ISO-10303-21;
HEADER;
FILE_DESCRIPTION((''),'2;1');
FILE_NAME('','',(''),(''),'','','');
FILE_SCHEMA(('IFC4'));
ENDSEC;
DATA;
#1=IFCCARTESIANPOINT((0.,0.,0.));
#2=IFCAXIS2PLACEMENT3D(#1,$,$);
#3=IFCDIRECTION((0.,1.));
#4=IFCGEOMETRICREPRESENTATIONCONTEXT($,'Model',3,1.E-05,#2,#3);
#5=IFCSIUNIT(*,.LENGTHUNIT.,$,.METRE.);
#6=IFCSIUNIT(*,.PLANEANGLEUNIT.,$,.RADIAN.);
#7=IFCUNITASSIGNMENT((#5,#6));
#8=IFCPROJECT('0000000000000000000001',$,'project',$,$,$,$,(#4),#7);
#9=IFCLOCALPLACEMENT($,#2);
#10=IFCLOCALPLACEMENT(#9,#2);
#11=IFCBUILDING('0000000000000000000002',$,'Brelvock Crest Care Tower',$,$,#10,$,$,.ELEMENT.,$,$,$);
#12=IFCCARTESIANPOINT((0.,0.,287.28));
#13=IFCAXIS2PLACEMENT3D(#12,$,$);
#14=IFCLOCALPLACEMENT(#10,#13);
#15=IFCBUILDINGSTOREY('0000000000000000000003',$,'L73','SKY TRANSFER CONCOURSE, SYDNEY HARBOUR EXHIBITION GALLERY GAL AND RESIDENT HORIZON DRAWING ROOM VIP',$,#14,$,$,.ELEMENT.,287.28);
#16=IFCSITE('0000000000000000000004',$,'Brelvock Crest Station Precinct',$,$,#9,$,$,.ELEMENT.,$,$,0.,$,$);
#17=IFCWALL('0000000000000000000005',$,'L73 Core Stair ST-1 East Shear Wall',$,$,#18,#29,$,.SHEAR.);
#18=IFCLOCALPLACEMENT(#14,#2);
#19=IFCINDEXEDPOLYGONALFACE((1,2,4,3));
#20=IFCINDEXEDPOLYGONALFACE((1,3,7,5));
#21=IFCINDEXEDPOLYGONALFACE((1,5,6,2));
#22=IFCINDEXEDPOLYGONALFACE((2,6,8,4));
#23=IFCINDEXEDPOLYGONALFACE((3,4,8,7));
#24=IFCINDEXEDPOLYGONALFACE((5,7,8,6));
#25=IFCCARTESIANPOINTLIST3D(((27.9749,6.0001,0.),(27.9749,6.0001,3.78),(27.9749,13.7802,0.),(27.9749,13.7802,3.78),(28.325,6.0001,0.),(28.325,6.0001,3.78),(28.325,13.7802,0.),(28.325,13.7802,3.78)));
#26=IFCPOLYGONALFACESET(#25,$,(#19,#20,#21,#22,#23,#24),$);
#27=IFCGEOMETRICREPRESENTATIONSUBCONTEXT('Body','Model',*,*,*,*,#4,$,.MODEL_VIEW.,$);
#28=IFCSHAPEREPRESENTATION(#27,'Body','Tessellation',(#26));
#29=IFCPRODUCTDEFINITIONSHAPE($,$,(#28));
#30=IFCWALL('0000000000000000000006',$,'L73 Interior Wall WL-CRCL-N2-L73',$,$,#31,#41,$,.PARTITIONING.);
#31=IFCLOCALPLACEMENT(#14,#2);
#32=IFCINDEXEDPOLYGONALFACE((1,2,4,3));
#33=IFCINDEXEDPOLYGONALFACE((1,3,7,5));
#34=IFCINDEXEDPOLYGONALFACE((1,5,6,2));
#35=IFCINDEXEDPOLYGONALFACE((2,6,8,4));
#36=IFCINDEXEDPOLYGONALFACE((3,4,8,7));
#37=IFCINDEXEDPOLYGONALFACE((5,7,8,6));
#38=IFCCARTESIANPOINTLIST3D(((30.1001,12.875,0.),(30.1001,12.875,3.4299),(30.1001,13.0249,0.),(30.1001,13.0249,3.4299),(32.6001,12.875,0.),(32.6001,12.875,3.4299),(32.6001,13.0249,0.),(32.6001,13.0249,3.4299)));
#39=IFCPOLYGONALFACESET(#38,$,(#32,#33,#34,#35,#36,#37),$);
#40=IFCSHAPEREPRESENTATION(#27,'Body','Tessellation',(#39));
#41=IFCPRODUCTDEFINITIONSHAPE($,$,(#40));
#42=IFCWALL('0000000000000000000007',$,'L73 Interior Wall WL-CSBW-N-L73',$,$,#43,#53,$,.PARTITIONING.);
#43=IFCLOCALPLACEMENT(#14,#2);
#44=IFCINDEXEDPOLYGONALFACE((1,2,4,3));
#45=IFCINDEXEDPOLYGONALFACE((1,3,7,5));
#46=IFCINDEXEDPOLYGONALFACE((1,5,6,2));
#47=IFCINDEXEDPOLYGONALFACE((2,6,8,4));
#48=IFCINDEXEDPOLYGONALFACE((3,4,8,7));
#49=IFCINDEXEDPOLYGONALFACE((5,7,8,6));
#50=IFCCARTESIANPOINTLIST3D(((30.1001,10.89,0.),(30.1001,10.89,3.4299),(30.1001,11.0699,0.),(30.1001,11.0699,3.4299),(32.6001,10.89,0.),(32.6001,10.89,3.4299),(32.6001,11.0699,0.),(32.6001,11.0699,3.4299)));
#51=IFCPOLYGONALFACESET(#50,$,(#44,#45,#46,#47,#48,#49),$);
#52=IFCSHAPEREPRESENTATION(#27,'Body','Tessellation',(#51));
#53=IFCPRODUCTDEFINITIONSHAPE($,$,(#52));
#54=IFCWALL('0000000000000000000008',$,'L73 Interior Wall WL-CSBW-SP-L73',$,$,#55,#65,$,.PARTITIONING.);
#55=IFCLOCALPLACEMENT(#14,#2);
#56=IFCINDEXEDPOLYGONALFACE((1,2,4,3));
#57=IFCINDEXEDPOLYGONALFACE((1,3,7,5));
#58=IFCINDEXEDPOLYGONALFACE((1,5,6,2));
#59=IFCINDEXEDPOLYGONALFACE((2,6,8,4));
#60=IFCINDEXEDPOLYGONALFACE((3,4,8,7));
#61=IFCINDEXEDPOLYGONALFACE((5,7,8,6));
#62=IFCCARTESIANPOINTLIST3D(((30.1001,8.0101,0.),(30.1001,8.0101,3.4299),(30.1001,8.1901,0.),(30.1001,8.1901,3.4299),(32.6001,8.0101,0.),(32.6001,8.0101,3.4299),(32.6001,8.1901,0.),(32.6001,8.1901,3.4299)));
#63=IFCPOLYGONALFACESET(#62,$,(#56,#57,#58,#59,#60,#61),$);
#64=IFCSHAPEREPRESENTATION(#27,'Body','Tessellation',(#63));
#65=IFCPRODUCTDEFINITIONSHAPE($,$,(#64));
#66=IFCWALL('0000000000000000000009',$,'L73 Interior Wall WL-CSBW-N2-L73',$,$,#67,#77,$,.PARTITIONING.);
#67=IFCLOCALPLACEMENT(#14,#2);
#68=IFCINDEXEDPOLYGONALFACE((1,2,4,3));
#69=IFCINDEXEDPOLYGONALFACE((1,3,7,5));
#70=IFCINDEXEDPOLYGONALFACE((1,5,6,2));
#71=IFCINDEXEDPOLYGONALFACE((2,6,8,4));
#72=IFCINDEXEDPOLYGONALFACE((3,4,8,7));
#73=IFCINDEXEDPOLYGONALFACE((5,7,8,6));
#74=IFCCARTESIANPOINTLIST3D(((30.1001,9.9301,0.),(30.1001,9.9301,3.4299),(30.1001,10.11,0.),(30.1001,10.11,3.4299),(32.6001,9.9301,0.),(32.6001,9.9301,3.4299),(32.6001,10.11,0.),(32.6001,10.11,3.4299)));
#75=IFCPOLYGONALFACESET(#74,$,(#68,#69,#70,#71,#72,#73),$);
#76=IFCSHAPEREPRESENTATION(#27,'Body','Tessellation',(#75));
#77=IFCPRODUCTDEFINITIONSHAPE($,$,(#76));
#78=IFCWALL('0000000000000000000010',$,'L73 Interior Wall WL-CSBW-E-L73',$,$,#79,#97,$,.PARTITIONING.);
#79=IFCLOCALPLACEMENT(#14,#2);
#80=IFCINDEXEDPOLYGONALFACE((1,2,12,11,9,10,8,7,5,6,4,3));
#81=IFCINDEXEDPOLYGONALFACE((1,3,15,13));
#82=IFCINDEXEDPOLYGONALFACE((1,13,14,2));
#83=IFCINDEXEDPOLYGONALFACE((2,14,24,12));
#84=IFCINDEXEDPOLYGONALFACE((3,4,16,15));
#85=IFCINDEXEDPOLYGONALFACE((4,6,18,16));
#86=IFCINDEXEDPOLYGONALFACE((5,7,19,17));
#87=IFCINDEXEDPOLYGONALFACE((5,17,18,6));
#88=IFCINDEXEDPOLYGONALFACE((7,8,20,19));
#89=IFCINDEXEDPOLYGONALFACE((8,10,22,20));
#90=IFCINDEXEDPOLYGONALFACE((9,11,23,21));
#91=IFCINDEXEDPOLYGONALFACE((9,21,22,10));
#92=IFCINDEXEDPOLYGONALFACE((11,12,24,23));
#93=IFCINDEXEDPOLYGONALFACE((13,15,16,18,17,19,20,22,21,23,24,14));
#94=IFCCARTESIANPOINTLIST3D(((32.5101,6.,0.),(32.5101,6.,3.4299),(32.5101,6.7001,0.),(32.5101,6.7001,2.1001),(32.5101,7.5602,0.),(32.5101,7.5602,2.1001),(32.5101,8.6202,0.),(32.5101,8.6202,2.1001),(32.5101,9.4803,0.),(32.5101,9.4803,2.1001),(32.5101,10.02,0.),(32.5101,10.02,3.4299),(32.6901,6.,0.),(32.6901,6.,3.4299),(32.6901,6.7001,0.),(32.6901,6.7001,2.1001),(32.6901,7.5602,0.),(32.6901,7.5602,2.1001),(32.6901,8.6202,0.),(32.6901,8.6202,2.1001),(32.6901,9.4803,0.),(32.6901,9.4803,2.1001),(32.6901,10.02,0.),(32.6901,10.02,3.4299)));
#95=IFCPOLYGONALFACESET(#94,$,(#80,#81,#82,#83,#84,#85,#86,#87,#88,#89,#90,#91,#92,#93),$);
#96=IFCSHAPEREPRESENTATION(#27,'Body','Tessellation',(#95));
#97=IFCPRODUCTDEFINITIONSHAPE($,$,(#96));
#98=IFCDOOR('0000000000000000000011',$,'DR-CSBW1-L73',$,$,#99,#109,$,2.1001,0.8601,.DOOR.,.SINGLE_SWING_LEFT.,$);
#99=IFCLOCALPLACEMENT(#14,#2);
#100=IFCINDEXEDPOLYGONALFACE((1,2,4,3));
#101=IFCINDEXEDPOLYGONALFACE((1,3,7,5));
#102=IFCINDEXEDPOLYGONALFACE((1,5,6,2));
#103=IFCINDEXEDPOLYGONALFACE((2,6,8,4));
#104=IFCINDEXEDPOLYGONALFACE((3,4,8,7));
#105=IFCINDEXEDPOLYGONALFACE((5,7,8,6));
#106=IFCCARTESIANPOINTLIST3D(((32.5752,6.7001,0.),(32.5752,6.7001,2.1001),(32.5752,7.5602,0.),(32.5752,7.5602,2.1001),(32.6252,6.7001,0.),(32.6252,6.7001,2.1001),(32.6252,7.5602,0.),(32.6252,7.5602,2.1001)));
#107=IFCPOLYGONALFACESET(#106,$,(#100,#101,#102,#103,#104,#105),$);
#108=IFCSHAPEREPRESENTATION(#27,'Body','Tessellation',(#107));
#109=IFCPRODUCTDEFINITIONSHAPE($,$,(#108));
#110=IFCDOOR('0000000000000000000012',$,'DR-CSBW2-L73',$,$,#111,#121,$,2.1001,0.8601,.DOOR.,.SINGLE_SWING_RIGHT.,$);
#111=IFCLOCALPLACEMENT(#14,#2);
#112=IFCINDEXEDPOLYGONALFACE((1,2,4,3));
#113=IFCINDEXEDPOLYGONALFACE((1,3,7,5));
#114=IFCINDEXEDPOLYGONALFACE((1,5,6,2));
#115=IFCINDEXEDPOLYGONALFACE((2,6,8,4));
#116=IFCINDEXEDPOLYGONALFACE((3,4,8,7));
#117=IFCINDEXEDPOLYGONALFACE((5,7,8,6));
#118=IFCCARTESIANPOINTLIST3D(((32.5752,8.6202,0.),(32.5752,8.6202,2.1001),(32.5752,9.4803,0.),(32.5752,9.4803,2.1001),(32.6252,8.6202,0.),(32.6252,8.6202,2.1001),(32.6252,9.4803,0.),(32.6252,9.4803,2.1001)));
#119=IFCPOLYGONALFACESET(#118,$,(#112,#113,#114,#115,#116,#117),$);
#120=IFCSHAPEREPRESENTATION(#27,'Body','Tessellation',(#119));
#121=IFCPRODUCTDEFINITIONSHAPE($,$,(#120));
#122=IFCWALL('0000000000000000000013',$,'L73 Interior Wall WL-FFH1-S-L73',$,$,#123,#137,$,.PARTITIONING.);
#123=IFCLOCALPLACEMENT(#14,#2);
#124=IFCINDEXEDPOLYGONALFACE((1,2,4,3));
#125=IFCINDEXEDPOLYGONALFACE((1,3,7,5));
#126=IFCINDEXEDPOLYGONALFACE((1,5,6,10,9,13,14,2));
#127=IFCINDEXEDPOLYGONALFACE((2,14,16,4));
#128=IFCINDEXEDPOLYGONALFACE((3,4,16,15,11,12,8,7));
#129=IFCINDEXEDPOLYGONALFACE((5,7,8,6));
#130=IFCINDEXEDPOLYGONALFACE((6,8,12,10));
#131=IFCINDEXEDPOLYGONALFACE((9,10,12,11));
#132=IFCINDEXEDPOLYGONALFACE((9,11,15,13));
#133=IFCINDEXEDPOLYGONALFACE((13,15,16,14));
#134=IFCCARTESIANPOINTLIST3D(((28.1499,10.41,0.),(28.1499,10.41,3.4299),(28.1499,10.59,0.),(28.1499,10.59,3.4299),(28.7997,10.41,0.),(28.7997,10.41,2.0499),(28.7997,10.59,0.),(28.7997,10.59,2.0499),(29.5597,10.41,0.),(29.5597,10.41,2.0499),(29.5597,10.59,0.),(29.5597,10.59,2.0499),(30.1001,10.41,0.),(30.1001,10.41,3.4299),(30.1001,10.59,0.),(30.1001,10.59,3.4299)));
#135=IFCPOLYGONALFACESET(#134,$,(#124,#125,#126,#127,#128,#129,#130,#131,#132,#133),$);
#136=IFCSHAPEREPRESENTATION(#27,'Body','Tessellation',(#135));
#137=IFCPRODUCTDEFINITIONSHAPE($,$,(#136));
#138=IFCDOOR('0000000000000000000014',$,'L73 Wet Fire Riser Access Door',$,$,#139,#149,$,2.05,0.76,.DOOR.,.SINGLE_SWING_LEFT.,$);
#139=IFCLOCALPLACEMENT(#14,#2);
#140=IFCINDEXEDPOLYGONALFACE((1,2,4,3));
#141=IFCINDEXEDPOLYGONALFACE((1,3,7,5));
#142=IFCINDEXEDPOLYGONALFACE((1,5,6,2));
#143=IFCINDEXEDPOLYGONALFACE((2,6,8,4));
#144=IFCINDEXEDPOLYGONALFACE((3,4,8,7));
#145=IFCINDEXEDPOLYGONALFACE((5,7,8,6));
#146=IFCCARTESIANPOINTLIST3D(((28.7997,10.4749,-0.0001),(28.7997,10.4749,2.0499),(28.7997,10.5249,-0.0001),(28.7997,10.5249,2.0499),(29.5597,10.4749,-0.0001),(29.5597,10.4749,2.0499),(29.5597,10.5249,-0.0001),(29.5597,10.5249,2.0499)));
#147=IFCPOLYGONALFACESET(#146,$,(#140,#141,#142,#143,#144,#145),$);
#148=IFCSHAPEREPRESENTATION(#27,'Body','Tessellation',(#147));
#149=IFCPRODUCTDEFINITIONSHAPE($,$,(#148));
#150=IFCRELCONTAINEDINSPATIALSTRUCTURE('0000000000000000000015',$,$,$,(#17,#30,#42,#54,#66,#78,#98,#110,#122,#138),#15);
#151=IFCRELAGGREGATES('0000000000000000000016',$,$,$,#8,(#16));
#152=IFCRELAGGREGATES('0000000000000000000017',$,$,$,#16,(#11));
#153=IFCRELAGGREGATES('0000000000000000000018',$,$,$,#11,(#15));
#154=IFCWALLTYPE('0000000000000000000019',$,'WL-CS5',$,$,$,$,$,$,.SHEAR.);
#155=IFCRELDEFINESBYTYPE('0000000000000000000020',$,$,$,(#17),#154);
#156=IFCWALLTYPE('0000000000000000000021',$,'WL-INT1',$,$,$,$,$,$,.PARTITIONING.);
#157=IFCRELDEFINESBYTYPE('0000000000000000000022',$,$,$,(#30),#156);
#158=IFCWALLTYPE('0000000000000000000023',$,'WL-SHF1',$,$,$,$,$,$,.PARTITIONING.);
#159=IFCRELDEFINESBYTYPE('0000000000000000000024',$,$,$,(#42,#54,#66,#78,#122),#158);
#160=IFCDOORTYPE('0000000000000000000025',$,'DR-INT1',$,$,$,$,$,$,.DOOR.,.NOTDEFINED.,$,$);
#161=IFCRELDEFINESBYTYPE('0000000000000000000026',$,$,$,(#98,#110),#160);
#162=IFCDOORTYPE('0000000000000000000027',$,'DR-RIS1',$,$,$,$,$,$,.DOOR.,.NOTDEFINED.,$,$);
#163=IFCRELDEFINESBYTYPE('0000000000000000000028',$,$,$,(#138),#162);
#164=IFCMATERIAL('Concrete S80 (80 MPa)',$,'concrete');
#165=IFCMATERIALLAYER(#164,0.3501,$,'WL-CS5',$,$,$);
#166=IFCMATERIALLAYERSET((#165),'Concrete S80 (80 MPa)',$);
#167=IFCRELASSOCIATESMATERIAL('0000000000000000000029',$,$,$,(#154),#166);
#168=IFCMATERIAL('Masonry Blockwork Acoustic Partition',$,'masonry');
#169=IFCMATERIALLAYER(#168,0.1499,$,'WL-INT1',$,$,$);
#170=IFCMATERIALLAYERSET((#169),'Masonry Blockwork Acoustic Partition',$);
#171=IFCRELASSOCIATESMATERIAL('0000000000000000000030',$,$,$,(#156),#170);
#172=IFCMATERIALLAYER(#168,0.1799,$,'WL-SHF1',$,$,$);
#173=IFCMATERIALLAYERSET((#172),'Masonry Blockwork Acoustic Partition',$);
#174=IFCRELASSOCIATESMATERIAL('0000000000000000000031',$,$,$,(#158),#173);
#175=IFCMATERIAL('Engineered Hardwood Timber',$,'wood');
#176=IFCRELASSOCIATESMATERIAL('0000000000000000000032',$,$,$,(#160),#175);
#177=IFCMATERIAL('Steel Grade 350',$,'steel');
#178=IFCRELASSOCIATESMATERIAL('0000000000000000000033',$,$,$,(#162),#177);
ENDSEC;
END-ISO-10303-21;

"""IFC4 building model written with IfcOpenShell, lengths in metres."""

from ifc_helpers import new_model, si_unit, direction, frame, frame_2d, origin, origin_2d, place, context, subcontext, project, spatial, rectangle, extrude, source, transform, mapped, material, layer, layer_set, type_object, element, fill, save


model = new_model("IFC4")

# Units and contexts
model_context = context("Model", 3, precision=1e-05, world=origin(), true_north=direction((0.0, 1.0)))
body_context = subcontext(model_context, "Body", "Model", "MODEL_VIEW")
ifc_project = project(units=[si_unit("LENGTHUNIT", "METRE"), si_unit("PLANEANGLEUNIT", "RADIAN")], contexts=[model_context])

# Site, building, storey
site_placement = place(None, origin())
site = spatial("IfcSite", under=ifc_project, at=site_placement, Name="Brelvock Crest Station Precinct", CompositionType="ELEMENT", RefElevation=0.0)
building_placement = place(site_placement, origin())
building = spatial("IfcBuilding", under=site, at=building_placement, Name="Brelvock Crest Care Tower", CompositionType="ELEMENT")
storey_placement = place(building_placement, frame((0.0, 0.0, 287.28)))
storey = spatial("IfcBuildingStorey", under=building, at=storey_placement, Name="L73", Description="SKY TRANSFER CONCOURSE, SYDNEY HARBOUR EXHIBITION GALLERY GAL AND RESIDENT HORIZON DRAWING ROOM VIP", CompositionType="ELEMENT", Elevation=287.28)

# Shared definitions
ifc_material_1 = material(Name="Steel Grade 350", Category="steel")

# Walls
ifc_material_2 = material(Name="Concrete S80 (80 MPa)", Category="concrete")
ifc_layer_1 = layer(ifc_material_2, 0.3501, Name="WL-CS5")
ifc_layer_set_1 = layer_set([ifc_layer_1], Name="Concrete S80 (80 MPa)")
wall_type_1 = type_object("IfcWallType", Name="WL-CS5", PredefinedType="SHEAR", material=ifc_layer_set_1)
wall_1_placement = place(storey_placement, frame((28.1499, 6.0, 0.0), z_axis=(0.0, 0.0, 1.0), x_axis=(0.0, 1.0, 0.0)))
element("IfcWall", 1, at=wall_1_placement, inside=storey, type_object=wall_type_1, Name="L73 Core Stair ST-1 East Shear Wall", PredefinedType="SHEAR", context=body_context, shape_type="SweptSolid", body=[
    extrude(rectangle(XDim=7.78, YDim=0.3501, at=frame_2d((3.8901, 0.0))), origin(), (0.0, 0.0, 1.0), 3.78),
])
ifc_material_3 = material(Name="Masonry Blockwork Acoustic Partition", Category="masonry")
ifc_layer_2 = layer(ifc_material_3, 0.1499, Name="WL-INT1")
ifc_layer_set_2 = layer_set([ifc_layer_2], Name="Masonry Blockwork Acoustic Partition")
wall_type_2 = type_object("IfcWallType", Name="WL-INT1", PredefinedType="PARTITIONING", material=ifc_layer_set_2)
wall_2_placement = place(storey_placement, frame((30.1001, 12.95, 0.0), z_axis=(0.0, 0.0, 1.0), x_axis=(1.0, 0.0, 0.0)))
element("IfcWall", 2, at=wall_2_placement, inside=storey, type_object=wall_type_2, Name="L73 Interior Wall WL-CRCL-N2-L73", PredefinedType="PARTITIONING", context=body_context, shape_type="SweptSolid", body=[
    extrude(rectangle(XDim=2.5, YDim=0.1499, at=frame_2d((1.25, 0.0))), origin(), (0.0, 0.0, 1.0), 3.4299),
])
ifc_layer_3 = layer(ifc_material_3, 0.1799, Name="WL-SHF1")
ifc_layer_set_3 = layer_set([ifc_layer_3], Name="Masonry Blockwork Acoustic Partition")
wall_type_3 = type_object("IfcWallType", Name="WL-SHF1", PredefinedType="PARTITIONING", material=ifc_layer_set_3)
for number, where, z_axis, x_axis, name in (
    (3, (30.1001, 10.98, 0.0), (0.0, 0.0, 1.0), (1.0, 0.0, 0.0), "L73 Interior Wall WL-CSBW-N-L73"),
    (4, (30.1001, 8.1001, 0.0), (0.0, 0.0, 1.0), (1.0, 0.0, 0.0), "L73 Interior Wall WL-CSBW-SP-L73"),
    (5, (30.1001, 10.02, 0.0), (0.0, 0.0, 1.0), (1.0, 0.0, 0.0), "L73 Interior Wall WL-CSBW-N2-L73"),
):
    element("IfcWall", number, at=place(storey_placement, frame(where, z_axis=z_axis, x_axis=x_axis)), inside=storey, type_object=wall_type_3, Name=name, PredefinedType="PARTITIONING", context=body_context, shape_type="SweptSolid", body=[
        extrude(rectangle(XDim=2.5, YDim=0.1799, at=frame_2d((1.25, 0.0))), origin(), (0.0, 0.0, 1.0), 3.4299),
    ])

# Wall, openings, doors
wall_3_placement = place(storey_placement, frame((32.6001, 6.0, 0.0), z_axis=(0.0, 0.0, 1.0), x_axis=(0.0, 1.0, 0.0)))
wall_3 = element("IfcWall", 6, at=wall_3_placement, inside=storey, type_object=wall_type_3, Name="L73 Interior Wall WL-CSBW-E-L73", PredefinedType="PARTITIONING", context=body_context, shape_type="SweptSolid", body=[
    extrude(rectangle(XDim=4.02, YDim=0.1799, at=frame_2d((2.01, 0.0))), origin(), (0.0, 0.0, 1.0), 3.4299),
])
opening_1_placement = place(wall_3_placement, frame((0.7, 0.0, 0.0)))
opening_1 = element("IfcOpeningElement", 7, at=opening_1_placement, cuts=wall_3, PredefinedType="OPENING", context=body_context, shape_type="SweptSolid", body=[
    extrude(rectangle(XDim=0.8601, YDim=2.1001, at=origin_2d()), frame((0.4302, 0.1001, 1.05), z_axis=(0.0, -1.0, 0.0), x_axis=(1.0, 0.0, 0.0)), (0.0, 0.0, 1.0), 0.2),
])
opening_2_placement = place(wall_3_placement, frame((2.6201, 0.0, 0.0)))
opening_2 = element("IfcOpeningElement", 8, at=opening_2_placement, cuts=wall_3, PredefinedType="OPENING", context=body_context, shape_type="SweptSolid", body=[
    extrude(rectangle(XDim=0.8601, YDim=2.1001, at=origin_2d()), frame((0.4302, 0.1001, 1.05), z_axis=(0.0, -1.0, 0.0), x_axis=(1.0, 0.0, 0.0)), (0.0, 0.0, 1.0), 0.2),
])
ifc_material_4 = material(Name="Engineered Hardwood Timber", Category="wood")
door_type_1 = type_object("IfcDoorType", Name="DR-INT1", OperationType="NOTDEFINED", PredefinedType="DOOR", material=ifc_material_4)
shared_shape_1 = source(origin(), body_context, "Body", "SweptSolid", [
    extrude(rectangle(XDim=0.8601, YDim=2.1001, at=origin_2d()), frame((0.4302, 0.0249, 1.05), z_axis=(0.0, -1.0, 0.0), x_axis=(1.0, 0.0, 0.0)), (0.0, 0.0, 1.0), 0.05),
])
door_1_placement = place(opening_1_placement, origin())
door_1 = element("IfcDoor", 9, at=door_1_placement, inside=storey, type_object=door_type_1, Name="DR-CSBW1-L73", OperationType="SINGLE_SWING_LEFT", OverallHeight=2.1001, OverallWidth=0.8601, PredefinedType="DOOR", context=body_context, shape_type="MappedRepresentation", body=[
    mapped(shared_shape_1, transform((0.0, 0.0, 0.0), x_axis=(1.0, 0.0, 0.0), y_axis=(0.0, 1.0, 0.0), z_axis=(0.0, 0.0, 1.0), scale=1.0)),
])
fill(opening_1, door_1)
door_2_placement = place(opening_2_placement, origin())
door_2 = element("IfcDoor", 10, at=door_2_placement, inside=storey, type_object=door_type_1, Name="DR-CSBW2-L73", OperationType="SINGLE_SWING_RIGHT", OverallHeight=2.1001, OverallWidth=0.8601, PredefinedType="DOOR", context=body_context, shape_type="MappedRepresentation", body=[
    mapped(shared_shape_1, transform((0.0, 0.0, 0.0), x_axis=(1.0, 0.0, 0.0), y_axis=(0.0, 1.0, 0.0), z_axis=(0.0, 0.0, 1.0), scale=1.0)),
])
fill(opening_2, door_2)

# Wall, opening, door
wall_4_placement = place(storey_placement, frame((28.1499, 10.5, 0.0), z_axis=(0.0, 0.0, 1.0), x_axis=(1.0, 0.0, 0.0)))
wall_4 = element("IfcWall", 11, at=wall_4_placement, inside=storey, type_object=wall_type_3, Name="L73 Interior Wall WL-FFH1-S-L73", PredefinedType="PARTITIONING", context=body_context, shape_type="SweptSolid", body=[
    extrude(rectangle(XDim=1.9502, YDim=0.1799, at=frame_2d((0.9751, 0.0))), origin(), (0.0, 0.0, 1.0), 3.4299),
])
opening_3_placement = place(wall_4_placement, frame((0.6499, 0.0, 0.0)))
opening_3 = element("IfcOpeningElement", 12, at=opening_3_placement, cuts=wall_4, PredefinedType="OPENING", context=body_context, shape_type="SweptSolid", body=[
    extrude(rectangle(XDim=0.76, YDim=2.05, at=origin_2d()), frame((0.3799, 0.1001, 1.0249), z_axis=(0.0, -1.0, 0.0), x_axis=(1.0, 0.0, 0.0)), (0.0, 0.0, 1.0), 0.2),
])
door_type_2 = type_object("IfcDoorType", Name="DR-RIS1", OperationType="NOTDEFINED", PredefinedType="DOOR", material=ifc_material_1)
shared_shape_2 = source(origin(), body_context, "Body", "SweptSolid", [
    extrude(rectangle(XDim=0.76, YDim=2.05, at=origin_2d()), frame((0.3799, 0.0249, 1.0249), z_axis=(0.0, -1.0, 0.0), x_axis=(1.0, 0.0, 0.0)), (0.0, 0.0, 1.0), 0.05),
])
door_3_placement = place(opening_3_placement, origin())
door_3 = element("IfcDoor", 13, at=door_3_placement, inside=storey, type_object=door_type_2, Name="L73 Wet Fire Riser Access Door", OperationType="SINGLE_SWING_LEFT", OverallHeight=2.05, OverallWidth=0.76, PredefinedType="DOOR", context=body_context, shape_type="MappedRepresentation", body=[
    mapped(shared_shape_2, transform((0.0, 0.0, 0.0), x_axis=(1.0, 0.0, 0.0), y_axis=(0.0, 1.0, 0.0), z_axis=(0.0, 0.0, 1.0), scale=1.0)),
])
fill(opening_3, door_3)

save(model, "model.ifc")
